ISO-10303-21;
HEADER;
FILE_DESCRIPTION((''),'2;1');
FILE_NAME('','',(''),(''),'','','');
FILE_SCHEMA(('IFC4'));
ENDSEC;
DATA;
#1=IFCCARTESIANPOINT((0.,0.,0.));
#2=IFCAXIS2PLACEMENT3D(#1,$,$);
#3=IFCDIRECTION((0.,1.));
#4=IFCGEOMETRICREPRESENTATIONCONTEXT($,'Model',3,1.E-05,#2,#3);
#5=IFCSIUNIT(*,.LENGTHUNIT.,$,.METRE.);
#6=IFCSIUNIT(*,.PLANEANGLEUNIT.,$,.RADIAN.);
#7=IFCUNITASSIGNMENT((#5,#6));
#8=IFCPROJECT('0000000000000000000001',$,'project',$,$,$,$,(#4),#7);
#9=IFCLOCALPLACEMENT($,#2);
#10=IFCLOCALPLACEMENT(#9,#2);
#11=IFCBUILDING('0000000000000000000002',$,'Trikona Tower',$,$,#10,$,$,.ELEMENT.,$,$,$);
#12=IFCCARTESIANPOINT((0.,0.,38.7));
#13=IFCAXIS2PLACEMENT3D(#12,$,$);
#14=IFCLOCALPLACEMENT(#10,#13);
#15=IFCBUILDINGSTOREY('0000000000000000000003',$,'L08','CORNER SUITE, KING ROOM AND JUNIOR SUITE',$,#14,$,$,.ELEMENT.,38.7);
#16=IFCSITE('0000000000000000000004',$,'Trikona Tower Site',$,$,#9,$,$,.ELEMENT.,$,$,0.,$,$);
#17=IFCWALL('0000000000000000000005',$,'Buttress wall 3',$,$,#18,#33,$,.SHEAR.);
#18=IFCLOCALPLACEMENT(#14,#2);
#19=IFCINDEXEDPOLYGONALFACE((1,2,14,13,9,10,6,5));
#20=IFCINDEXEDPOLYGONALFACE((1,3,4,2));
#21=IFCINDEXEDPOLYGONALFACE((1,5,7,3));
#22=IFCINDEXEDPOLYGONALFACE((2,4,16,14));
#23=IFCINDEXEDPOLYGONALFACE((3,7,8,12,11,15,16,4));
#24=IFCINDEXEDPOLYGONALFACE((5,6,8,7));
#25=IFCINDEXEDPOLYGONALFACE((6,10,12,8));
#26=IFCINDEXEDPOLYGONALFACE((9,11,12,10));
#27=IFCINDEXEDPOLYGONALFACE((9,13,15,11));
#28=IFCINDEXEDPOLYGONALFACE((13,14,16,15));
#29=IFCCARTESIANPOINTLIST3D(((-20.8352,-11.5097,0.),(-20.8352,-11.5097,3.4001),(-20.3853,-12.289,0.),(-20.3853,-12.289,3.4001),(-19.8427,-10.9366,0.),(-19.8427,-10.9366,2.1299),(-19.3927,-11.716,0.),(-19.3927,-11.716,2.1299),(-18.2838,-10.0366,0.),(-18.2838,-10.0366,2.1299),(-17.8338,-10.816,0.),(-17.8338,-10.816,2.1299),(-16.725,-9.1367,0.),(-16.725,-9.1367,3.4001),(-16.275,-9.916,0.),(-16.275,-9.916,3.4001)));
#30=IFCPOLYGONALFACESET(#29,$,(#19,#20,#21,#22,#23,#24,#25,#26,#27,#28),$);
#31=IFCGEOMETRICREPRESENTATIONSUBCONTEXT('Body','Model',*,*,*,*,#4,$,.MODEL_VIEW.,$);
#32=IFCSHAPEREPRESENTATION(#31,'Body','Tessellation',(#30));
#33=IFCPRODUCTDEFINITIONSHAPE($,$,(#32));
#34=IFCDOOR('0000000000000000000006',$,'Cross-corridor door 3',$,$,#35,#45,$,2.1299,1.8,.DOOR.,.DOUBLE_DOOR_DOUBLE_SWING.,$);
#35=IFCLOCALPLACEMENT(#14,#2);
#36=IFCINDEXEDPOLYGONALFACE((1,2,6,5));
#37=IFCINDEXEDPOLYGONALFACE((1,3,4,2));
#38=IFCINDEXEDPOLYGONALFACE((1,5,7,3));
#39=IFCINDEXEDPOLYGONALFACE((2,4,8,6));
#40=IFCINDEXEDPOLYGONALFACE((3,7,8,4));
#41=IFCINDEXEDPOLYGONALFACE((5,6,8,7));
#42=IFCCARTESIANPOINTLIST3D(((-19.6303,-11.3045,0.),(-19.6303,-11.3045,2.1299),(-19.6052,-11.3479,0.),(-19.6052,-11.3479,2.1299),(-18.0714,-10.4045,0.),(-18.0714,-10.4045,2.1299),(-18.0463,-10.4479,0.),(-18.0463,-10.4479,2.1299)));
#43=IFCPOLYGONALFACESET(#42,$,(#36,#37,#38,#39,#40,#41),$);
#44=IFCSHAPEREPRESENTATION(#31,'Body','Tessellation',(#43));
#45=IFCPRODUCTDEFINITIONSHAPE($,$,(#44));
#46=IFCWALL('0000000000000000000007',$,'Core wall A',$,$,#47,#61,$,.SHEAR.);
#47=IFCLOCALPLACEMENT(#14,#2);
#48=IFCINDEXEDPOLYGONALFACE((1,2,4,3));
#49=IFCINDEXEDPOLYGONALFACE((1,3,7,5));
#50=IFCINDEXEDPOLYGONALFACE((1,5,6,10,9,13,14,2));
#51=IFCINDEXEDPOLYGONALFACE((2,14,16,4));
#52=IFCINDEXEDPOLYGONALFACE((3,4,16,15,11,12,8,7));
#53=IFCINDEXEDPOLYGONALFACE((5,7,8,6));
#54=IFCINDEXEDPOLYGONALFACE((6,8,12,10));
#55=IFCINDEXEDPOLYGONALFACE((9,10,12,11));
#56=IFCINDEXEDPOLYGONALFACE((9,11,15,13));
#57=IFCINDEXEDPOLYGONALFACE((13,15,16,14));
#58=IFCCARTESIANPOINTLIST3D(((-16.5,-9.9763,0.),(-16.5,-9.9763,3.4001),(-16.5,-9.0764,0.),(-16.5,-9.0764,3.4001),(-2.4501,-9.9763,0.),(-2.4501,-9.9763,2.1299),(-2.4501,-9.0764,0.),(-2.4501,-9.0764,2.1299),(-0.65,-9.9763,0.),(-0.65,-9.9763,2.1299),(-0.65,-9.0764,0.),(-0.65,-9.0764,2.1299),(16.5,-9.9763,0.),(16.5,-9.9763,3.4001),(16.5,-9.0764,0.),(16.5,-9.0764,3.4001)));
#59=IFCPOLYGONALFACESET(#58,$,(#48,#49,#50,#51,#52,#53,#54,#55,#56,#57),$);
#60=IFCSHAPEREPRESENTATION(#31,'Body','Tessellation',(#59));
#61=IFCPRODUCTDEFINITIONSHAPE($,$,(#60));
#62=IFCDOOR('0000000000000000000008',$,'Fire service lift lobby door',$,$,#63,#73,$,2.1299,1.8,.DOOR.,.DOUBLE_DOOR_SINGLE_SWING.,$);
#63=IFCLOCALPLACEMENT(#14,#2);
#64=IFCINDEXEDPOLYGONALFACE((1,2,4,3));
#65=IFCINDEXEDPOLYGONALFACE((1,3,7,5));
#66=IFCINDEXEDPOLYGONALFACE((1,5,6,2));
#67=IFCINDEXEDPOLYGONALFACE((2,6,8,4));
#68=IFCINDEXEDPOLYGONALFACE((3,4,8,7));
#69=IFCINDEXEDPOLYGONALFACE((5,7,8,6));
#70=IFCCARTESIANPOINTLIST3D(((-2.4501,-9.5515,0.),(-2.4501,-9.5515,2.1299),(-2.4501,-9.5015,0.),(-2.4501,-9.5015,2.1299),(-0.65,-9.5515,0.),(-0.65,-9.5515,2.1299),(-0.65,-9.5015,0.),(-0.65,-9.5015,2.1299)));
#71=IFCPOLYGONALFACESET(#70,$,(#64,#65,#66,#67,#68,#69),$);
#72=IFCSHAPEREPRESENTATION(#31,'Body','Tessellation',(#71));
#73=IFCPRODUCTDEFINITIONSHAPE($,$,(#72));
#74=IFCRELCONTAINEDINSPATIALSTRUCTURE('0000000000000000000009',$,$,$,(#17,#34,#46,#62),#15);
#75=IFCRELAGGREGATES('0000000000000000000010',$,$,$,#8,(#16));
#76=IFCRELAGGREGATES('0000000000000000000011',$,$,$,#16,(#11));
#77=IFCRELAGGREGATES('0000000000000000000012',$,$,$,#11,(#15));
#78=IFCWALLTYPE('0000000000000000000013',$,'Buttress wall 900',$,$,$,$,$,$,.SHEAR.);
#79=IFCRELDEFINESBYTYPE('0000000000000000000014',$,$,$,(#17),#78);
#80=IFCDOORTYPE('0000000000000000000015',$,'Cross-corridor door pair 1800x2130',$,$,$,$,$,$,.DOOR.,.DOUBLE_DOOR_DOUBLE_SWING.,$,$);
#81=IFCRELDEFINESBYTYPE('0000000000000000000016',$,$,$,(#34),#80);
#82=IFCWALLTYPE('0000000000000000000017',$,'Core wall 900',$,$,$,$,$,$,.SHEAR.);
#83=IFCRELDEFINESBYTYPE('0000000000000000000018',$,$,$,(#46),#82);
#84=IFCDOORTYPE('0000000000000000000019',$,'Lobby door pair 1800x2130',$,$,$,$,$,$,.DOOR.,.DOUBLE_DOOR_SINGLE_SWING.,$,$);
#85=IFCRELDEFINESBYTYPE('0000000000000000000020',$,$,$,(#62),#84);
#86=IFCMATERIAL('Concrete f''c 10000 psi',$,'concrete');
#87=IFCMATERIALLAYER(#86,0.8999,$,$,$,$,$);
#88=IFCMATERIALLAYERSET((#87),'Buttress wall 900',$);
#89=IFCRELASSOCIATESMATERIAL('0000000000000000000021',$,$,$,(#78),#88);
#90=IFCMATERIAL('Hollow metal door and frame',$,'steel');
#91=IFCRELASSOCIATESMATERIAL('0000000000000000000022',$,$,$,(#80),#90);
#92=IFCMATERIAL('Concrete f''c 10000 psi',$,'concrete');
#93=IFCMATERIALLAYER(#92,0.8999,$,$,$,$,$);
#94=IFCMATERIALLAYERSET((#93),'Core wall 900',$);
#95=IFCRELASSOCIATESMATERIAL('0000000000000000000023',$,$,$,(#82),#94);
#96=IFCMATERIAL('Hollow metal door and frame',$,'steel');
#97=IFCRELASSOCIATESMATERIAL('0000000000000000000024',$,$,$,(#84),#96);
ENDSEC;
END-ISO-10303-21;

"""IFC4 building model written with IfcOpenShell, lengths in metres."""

from ifc_helpers import new_model, si_unit, direction, frame, frame_2d, origin, place, context, subcontext, project, spatial, rectangle, extrude, material, layer, layer_set, type_object, element, fill, save


model = new_model("IFC4")

# Units and contexts
model_context = context("Model", 3, precision=1e-05, world=origin(), true_north=direction((0.0, 1.0)))
body_context = subcontext(model_context, "Body", "Model", "MODEL_VIEW")
ifc_project = project(units=[si_unit("LENGTHUNIT", "METRE"), si_unit("PLANEANGLEUNIT", "RADIAN")], contexts=[model_context])

# Site, building, storey
site_placement = place(None, origin())
site = spatial("IfcSite", under=ifc_project, at=site_placement, Name="Trikona Tower Site", CompositionType="ELEMENT", RefElevation=0.0)
building_placement = place(site_placement, origin())
building = spatial("IfcBuilding", under=site, at=building_placement, Name="Trikona Tower", CompositionType="ELEMENT")
storey_placement = place(building_placement, frame((0.0, 0.0, 38.7)))
storey = spatial("IfcBuildingStorey", under=building, at=storey_placement, Name="L08", Description="CORNER SUITE, KING ROOM AND JUNIOR SUITE", CompositionType="ELEMENT", Elevation=38.7)

# Walls, openings, doors
ifc_material_1 = material(Name="Concrete f'c 10000 psi", Category="concrete")
ifc_layer_1 = layer(ifc_material_1, 0.8999)
ifc_layer_set_1 = layer_set([ifc_layer_1], Name="Buttress wall 900")
wall_type_1 = type_object("IfcWallType", Name="Buttress wall 900", PredefinedType="SHEAR", material=ifc_layer_set_1)
wall_1_placement = place(storey_placement, frame((-16.5, -9.5264, 0.0), z_axis=(0.0, 0.0, 1.0), x_axis=(-0.866031, -0.49999, 0.0)))
wall_1 = element("IfcWall", 1, at=wall_1_placement, inside=storey, type_object=wall_type_1, Name="Buttress wall 3", PredefinedType="SHEAR", context=body_context, shape_type="SweptSolid", body=[
    extrude(rectangle(XDim=4.7461, YDim=0.8999, at=frame_2d((2.373, 0.0))), origin(), (0.0, 0.0, 1.0), 3.4001),
])
opening_1_placement = place(wall_1_placement, frame((1.8, 0.0, 0.0)))
opening_1 = element("IfcOpeningElement", 2, at=opening_1_placement, cuts=wall_1, PredefinedType="OPENING", context=body_context, shape_type="SweptSolid", body=[
    extrude(rectangle(XDim=1.8, YDim=2.1299, at=frame_2d((0.8999, 1.0649))), frame((0.0, 0.46, 0.0), z_axis=(0.0, -1.0, 0.0), x_axis=(1.0, 0.0, 0.0)), (0.0, 0.0, 1.0), 0.9199),
])
ifc_material_2 = material(Name="Hollow metal door and frame", Category="steel")
door_type_1 = type_object("IfcDoorType", Name="Cross-corridor door pair 1800x2130", OperationType="DOUBLE_DOOR_DOUBLE_SWING", PredefinedType="DOOR", material=ifc_material_2)
door_1_placement = place(opening_1_placement, origin())
door_1 = element("IfcDoor", 3, at=door_1_placement, inside=storey, type_object=door_type_1, Name="Cross-corridor door 3", OperationType="DOUBLE_DOOR_DOUBLE_SWING", OverallHeight=2.1299, OverallWidth=1.8, PredefinedType="DOOR", context=body_context, shape_type="SweptSolid", body=[
    extrude(rectangle(XDim=1.8, YDim=2.1299, at=frame_2d((0.8999, 1.0649))), frame((0.0, 0.0249, 0.0), z_axis=(0.0, -1.0, 0.0), x_axis=(1.0, 0.0, 0.0)), (0.0, 0.0, 1.0), 0.05),
])
fill(opening_1, door_1)
ifc_material_3 = material(Name="Concrete f'c 10000 psi", Category="concrete")
ifc_layer_2 = layer(ifc_material_3, 0.8999)
ifc_layer_set_2 = layer_set([ifc_layer_2], Name="Core wall 900")
wall_type_2 = type_object("IfcWallType", Name="Core wall 900", PredefinedType="SHEAR", material=ifc_layer_set_2)
wall_2_placement = place(storey_placement, frame((-16.5, -9.5264, 0.0), z_axis=(0.0, 0.0, 1.0), x_axis=(1.0, 0.0, 0.0)))
wall_2 = element("IfcWall", 4, at=wall_2_placement, inside=storey, type_object=wall_type_2, Name="Core wall A", PredefinedType="SHEAR", context=body_context, shape_type="SweptSolid", body=[
    extrude(rectangle(XDim=33.0, YDim=0.8999, at=frame_2d((16.5, 0.0))), origin(), (0.0, 0.0, 1.0), 3.4001),
])
opening_2_placement = place(wall_2_placement, frame((14.05, 0.0, 0.0)))
opening_2 = element("IfcOpeningElement", 5, at=opening_2_placement, cuts=wall_2, PredefinedType="OPENING", context=body_context, shape_type="SweptSolid", body=[
    extrude(rectangle(XDim=1.8, YDim=2.1299, at=frame_2d((0.8999, 1.0649))), frame((0.0, 0.46, 0.0), z_axis=(0.0, -1.0, 0.0), x_axis=(1.0, 0.0, 0.0)), (0.0, 0.0, 1.0), 0.9199),
])
ifc_material_4 = material(Name="Hollow metal door and frame", Category="steel")
door_type_2 = type_object("IfcDoorType", Name="Lobby door pair 1800x2130", OperationType="DOUBLE_DOOR_SINGLE_SWING", PredefinedType="DOOR", material=ifc_material_4)
door_2_placement = place(opening_2_placement, origin())
door_2 = element("IfcDoor", 6, at=door_2_placement, inside=storey, type_object=door_type_2, Name="Fire service lift lobby door", OperationType="DOUBLE_DOOR_SINGLE_SWING", OverallHeight=2.1299, OverallWidth=1.8, PredefinedType="DOOR", context=body_context, shape_type="SweptSolid", body=[
    extrude(rectangle(XDim=1.8, YDim=2.1299, at=frame_2d((0.8999, 1.0649))), frame((0.0, 0.0249, 0.0), z_axis=(0.0, -1.0, 0.0), x_axis=(1.0, 0.0, 0.0)), (0.0, 0.0, 1.0), 0.05),
])
fill(opening_2, door_2)

save(model, "model.ifc")
